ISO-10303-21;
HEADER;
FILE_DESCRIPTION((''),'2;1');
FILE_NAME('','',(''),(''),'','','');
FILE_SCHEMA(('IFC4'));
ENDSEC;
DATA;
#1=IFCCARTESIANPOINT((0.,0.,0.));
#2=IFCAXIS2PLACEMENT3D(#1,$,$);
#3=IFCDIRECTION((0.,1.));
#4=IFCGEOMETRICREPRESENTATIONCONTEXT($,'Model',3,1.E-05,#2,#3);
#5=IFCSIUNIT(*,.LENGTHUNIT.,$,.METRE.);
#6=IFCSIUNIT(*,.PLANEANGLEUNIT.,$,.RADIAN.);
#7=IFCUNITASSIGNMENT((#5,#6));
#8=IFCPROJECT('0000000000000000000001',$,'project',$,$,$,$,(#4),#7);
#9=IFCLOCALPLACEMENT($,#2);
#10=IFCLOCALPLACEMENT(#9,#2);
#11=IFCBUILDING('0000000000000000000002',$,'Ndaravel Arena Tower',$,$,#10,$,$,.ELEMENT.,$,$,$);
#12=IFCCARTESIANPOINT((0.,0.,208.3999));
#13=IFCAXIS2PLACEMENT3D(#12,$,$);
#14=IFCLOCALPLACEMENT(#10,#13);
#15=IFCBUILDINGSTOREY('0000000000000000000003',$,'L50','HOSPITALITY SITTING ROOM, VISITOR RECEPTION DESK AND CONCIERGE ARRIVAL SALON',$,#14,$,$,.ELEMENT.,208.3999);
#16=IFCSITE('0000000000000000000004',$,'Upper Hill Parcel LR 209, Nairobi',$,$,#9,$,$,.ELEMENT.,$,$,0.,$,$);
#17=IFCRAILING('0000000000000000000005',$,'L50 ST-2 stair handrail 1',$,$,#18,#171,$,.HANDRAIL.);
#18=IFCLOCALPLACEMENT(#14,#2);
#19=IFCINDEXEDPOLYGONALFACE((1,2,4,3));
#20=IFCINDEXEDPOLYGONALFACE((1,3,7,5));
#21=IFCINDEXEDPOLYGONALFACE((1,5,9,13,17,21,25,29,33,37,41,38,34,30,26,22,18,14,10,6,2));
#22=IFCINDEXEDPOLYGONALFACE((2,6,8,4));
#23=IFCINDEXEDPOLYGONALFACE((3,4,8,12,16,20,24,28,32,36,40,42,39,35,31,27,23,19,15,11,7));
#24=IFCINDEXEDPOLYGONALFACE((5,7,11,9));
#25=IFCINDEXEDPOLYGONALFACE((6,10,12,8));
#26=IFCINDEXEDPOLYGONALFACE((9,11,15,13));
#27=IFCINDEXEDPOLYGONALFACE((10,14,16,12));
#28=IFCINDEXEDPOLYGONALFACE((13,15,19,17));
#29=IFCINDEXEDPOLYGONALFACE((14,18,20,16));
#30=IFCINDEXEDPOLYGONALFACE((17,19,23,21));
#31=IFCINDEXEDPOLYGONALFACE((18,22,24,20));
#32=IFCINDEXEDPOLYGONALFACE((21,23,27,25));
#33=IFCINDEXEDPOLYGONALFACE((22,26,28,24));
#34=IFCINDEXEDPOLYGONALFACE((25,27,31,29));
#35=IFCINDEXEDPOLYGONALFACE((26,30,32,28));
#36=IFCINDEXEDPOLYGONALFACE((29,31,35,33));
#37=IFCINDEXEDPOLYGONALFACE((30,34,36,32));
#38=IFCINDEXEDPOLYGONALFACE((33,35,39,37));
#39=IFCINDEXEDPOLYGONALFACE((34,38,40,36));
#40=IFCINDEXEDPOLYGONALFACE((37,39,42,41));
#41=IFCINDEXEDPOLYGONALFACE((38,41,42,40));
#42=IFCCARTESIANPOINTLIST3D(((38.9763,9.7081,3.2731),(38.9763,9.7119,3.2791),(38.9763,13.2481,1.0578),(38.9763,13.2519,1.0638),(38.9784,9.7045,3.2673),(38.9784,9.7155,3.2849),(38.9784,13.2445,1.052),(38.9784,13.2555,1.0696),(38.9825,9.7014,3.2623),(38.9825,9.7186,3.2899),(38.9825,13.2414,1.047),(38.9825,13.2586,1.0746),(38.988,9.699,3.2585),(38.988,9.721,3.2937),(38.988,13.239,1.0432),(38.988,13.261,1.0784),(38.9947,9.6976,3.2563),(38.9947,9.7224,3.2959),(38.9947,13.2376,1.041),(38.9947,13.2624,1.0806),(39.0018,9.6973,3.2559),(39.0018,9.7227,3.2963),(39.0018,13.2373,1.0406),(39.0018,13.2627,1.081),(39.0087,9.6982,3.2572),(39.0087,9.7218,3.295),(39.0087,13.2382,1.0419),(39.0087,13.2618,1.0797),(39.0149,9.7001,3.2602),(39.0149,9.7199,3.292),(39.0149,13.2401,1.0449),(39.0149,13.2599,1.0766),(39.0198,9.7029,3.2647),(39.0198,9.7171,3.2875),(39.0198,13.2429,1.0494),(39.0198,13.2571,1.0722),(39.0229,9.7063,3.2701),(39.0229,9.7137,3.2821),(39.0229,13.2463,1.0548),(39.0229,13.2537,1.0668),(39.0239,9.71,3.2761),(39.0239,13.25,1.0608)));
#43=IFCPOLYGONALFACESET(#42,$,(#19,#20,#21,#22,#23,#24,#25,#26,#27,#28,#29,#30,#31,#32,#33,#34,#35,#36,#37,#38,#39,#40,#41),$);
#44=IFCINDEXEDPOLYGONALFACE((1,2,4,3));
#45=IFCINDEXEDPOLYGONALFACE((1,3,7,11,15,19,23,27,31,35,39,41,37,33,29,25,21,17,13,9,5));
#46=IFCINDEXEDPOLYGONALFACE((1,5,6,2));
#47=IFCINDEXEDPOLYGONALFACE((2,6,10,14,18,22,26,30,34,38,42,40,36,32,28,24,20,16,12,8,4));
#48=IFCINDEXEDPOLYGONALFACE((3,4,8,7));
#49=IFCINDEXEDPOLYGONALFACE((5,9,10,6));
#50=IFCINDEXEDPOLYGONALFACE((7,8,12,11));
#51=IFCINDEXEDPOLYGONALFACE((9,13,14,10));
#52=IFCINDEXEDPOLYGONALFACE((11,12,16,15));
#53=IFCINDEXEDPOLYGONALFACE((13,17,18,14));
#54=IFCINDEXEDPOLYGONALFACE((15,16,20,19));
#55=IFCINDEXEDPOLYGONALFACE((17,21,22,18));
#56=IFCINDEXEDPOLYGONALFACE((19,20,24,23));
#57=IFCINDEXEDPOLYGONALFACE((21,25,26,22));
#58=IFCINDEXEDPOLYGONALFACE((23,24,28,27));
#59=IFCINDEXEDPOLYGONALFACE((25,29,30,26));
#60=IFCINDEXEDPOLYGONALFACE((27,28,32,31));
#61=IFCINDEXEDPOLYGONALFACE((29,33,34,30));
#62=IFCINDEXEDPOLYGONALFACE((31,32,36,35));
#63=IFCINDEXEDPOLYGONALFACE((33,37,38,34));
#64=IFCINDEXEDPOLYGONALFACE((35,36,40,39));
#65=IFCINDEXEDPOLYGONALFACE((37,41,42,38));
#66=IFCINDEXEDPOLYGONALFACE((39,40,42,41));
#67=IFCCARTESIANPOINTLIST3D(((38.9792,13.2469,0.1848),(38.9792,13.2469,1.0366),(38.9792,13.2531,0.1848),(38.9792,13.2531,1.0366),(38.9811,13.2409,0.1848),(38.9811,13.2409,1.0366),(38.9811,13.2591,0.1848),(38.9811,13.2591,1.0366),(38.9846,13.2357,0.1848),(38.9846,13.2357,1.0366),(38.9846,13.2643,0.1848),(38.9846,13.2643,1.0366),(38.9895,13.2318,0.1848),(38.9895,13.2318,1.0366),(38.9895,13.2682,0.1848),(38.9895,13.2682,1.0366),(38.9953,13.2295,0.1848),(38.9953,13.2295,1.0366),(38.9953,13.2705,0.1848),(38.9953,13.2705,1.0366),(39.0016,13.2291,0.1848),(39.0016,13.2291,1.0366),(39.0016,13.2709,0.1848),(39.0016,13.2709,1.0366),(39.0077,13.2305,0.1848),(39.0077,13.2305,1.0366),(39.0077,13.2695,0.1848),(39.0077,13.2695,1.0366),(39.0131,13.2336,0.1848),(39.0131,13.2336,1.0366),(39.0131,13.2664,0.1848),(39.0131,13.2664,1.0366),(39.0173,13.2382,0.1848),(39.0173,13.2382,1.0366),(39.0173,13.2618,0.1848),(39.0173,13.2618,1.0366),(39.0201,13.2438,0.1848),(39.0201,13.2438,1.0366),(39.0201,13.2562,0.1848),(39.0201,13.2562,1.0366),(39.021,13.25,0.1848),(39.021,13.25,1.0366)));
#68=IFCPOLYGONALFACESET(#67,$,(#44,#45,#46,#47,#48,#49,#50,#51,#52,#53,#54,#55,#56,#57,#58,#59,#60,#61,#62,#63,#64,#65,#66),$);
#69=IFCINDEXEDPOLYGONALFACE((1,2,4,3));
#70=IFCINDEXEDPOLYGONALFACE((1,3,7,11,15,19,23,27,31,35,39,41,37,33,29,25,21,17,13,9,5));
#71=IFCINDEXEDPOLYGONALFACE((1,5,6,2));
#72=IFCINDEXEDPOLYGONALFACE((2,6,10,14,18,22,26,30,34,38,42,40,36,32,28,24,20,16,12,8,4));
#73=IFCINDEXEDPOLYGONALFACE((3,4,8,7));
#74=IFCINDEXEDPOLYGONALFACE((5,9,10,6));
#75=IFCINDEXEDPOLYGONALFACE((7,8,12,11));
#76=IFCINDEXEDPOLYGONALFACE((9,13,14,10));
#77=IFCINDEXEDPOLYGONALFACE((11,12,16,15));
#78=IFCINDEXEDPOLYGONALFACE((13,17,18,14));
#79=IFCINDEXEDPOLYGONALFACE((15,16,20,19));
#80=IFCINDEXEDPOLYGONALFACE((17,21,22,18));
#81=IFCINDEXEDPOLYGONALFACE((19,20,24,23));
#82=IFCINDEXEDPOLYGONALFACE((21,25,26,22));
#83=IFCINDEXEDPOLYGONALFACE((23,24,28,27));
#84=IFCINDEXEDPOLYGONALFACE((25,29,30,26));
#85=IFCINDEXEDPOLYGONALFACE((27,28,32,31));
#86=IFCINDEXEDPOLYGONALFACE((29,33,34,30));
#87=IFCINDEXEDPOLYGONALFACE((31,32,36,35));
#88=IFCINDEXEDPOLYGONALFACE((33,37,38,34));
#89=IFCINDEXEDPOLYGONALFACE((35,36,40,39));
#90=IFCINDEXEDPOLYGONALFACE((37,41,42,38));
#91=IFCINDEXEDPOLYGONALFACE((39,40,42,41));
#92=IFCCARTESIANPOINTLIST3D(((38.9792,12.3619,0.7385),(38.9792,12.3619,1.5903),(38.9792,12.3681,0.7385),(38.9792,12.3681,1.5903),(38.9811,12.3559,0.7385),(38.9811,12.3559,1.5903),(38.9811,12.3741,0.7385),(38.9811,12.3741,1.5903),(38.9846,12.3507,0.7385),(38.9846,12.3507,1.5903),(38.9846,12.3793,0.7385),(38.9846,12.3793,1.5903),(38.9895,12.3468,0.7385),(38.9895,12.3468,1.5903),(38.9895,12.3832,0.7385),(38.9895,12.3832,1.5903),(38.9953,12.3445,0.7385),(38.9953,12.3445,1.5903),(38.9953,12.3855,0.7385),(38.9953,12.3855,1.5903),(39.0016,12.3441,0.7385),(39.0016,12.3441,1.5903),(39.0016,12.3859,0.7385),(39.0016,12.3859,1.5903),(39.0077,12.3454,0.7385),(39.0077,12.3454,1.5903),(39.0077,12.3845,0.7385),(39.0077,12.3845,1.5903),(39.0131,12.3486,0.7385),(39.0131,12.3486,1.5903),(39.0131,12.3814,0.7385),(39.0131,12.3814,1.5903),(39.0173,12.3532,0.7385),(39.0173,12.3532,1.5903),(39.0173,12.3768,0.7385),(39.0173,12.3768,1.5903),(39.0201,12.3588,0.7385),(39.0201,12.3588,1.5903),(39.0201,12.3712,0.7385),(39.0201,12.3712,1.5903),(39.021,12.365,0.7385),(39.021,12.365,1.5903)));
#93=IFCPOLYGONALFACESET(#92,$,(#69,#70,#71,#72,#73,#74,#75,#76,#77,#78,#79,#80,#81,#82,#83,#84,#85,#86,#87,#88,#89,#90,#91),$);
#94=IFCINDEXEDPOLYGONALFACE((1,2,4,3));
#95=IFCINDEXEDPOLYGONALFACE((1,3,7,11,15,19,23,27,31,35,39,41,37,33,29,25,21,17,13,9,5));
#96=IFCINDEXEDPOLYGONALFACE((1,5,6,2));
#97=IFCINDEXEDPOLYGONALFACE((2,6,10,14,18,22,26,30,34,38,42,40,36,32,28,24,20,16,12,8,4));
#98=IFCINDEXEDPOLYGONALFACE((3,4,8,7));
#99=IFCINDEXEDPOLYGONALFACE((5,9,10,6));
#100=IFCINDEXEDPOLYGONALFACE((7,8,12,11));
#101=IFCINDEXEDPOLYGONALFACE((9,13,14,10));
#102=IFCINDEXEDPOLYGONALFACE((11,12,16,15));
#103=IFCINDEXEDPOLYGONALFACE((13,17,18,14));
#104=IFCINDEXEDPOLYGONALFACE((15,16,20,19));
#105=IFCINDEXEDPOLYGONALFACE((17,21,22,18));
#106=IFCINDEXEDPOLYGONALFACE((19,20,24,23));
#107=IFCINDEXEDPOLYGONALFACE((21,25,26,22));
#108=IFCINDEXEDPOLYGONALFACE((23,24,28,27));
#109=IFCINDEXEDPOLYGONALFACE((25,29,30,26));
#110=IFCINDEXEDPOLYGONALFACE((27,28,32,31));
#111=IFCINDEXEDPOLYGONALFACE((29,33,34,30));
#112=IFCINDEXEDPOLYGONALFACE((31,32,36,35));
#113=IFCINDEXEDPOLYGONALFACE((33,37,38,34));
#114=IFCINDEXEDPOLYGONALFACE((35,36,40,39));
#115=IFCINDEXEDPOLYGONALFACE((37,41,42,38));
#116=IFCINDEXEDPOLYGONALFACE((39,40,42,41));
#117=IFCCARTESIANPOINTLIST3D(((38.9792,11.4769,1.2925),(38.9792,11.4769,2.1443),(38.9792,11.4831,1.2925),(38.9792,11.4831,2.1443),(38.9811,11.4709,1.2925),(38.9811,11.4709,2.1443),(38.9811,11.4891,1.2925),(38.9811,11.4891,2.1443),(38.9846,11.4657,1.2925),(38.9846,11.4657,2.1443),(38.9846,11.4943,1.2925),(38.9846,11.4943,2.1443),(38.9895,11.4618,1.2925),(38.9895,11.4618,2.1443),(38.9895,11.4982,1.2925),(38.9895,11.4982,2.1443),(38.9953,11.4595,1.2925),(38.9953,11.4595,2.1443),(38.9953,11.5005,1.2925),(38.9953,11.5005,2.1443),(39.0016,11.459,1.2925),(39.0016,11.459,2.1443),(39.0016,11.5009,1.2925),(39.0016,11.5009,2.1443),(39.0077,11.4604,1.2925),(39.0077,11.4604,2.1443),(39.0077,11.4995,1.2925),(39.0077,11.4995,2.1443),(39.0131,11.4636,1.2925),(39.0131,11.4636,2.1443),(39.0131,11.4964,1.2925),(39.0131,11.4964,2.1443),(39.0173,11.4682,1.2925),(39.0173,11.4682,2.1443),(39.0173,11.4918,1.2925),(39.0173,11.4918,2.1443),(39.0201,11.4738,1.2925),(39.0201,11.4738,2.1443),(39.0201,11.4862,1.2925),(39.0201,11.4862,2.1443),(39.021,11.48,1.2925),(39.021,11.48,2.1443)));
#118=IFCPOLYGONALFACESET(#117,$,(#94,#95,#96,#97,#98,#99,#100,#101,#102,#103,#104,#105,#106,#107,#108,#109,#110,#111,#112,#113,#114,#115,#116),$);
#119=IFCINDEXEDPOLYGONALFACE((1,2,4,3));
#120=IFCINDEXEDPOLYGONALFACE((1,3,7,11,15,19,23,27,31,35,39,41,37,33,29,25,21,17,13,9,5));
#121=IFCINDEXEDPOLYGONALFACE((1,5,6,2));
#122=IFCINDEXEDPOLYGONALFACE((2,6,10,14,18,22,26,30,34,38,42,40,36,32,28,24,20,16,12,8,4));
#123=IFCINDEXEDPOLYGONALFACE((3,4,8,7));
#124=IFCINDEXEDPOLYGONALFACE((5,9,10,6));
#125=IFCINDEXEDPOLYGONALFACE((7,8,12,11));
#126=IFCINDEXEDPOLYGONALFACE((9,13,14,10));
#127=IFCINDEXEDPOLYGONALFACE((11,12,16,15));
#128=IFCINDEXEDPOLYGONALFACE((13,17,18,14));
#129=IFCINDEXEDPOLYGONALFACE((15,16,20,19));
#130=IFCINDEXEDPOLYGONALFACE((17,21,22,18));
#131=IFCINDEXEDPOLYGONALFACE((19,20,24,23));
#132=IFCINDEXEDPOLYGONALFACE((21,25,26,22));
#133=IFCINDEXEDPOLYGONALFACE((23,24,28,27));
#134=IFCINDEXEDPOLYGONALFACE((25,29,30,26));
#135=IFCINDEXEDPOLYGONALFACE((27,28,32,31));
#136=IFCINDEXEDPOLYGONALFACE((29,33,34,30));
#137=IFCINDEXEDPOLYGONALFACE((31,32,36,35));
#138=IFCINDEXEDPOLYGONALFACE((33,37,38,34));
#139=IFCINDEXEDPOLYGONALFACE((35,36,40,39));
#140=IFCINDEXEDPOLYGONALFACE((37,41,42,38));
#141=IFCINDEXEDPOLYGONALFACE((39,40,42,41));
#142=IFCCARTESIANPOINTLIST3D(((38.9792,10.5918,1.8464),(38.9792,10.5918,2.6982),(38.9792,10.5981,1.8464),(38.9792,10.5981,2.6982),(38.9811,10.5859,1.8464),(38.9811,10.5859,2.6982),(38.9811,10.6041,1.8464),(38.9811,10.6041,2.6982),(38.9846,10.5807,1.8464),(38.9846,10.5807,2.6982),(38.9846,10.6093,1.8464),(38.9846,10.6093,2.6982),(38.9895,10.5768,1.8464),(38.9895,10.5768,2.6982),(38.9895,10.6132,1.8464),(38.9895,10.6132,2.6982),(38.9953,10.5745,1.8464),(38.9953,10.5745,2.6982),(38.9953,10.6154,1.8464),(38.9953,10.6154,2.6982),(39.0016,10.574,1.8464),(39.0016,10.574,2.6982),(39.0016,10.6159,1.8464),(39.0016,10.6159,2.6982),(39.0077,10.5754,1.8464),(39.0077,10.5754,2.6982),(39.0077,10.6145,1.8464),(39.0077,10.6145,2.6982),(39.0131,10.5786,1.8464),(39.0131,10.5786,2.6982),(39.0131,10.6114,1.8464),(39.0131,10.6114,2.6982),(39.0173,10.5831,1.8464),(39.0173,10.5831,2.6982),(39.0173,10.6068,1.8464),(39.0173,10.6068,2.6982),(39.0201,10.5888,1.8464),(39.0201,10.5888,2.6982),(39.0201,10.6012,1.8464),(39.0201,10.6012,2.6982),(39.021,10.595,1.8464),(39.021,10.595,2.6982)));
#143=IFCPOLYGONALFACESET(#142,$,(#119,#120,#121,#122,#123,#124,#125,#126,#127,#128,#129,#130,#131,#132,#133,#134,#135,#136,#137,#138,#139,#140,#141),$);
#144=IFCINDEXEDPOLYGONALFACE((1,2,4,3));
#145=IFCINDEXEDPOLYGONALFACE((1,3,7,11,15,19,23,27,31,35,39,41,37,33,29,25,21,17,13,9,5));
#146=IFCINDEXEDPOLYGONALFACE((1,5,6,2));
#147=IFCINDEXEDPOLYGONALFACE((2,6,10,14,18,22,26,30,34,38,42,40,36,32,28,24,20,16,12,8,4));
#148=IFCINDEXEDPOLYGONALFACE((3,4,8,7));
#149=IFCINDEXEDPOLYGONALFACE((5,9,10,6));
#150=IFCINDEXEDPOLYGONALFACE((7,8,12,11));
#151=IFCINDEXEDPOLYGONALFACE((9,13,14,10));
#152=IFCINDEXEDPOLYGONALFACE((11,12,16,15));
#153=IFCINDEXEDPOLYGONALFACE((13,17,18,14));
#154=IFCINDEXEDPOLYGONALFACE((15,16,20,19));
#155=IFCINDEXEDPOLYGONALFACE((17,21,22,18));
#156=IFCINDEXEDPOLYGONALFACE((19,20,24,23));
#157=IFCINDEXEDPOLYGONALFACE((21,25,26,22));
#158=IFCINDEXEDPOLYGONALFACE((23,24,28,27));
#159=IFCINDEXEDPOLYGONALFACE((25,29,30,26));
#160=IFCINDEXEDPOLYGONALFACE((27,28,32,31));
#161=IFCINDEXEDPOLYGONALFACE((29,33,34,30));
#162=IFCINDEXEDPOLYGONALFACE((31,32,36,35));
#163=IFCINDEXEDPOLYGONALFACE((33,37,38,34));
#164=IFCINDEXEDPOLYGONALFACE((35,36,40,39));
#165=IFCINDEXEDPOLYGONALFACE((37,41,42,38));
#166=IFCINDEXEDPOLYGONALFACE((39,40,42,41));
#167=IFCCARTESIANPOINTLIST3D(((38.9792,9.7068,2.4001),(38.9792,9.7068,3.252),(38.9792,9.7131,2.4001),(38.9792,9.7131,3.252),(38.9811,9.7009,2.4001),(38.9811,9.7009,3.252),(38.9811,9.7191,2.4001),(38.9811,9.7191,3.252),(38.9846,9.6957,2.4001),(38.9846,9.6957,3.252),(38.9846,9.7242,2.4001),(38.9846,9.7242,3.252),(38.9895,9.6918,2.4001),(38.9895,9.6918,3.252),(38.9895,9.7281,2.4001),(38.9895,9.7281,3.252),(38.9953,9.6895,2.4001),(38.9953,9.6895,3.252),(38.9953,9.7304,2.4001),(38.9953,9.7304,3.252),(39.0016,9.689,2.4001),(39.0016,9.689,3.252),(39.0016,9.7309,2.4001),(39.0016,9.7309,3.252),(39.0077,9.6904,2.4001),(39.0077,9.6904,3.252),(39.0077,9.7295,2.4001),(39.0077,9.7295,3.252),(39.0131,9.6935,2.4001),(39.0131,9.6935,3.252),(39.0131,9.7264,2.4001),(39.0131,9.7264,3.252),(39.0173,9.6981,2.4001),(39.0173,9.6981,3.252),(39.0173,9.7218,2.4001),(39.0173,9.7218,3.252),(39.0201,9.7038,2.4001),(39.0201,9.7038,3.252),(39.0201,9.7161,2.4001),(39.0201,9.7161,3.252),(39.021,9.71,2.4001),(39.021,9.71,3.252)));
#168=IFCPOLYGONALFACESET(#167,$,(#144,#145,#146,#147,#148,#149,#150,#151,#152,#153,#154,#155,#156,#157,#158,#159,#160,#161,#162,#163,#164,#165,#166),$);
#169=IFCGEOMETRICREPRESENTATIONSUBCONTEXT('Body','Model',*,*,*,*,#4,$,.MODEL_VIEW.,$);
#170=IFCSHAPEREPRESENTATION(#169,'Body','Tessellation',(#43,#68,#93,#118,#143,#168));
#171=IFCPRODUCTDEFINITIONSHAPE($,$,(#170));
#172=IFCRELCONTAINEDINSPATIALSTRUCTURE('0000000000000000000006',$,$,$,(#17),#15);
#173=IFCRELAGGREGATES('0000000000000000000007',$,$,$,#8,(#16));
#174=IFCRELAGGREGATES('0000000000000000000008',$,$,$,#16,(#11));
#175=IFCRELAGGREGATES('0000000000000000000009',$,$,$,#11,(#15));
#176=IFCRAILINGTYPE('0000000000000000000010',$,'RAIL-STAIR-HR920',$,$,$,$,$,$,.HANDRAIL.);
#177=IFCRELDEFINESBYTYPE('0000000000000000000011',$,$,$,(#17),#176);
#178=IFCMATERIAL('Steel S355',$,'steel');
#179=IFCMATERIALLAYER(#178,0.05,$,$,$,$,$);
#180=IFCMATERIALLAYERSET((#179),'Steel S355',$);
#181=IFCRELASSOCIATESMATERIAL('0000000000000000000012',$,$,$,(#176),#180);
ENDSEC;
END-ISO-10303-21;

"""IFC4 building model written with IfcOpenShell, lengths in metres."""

from ifc_helpers import new_model, si_unit, direction, frame, origin, origin_2d, place, context, subcontext, project, spatial, circle, extrude, material, layer, layer_set, type_object, element, save


model = new_model("IFC4")

# Units and contexts
model_context = context("Model", 3, precision=1e-05, world=origin(), true_north=direction((0.0, 1.0)))
body_context = subcontext(model_context, "Body", "Model", "MODEL_VIEW")
ifc_project = project(units=[si_unit("LENGTHUNIT", "METRE"), si_unit("PLANEANGLEUNIT", "RADIAN")], contexts=[model_context])

# Site, building, storey
site_placement = place(None, origin())
site = spatial("IfcSite", under=ifc_project, at=site_placement, Name="Upper Hill Parcel LR 209, Nairobi", CompositionType="ELEMENT", RefElevation=0.0)
building_placement = place(site_placement, origin())
building = spatial("IfcBuilding", under=site, at=building_placement, Name="Ndaravel Arena Tower", CompositionType="ELEMENT")
storey_placement = place(building_placement, frame((0.0, 0.0, 208.3999)))
storey = spatial("IfcBuildingStorey", under=building, at=storey_placement, Name="L50", Description="HOSPITALITY SITTING ROOM, VISITOR RECEPTION DESK AND CONCIERGE ARRIVAL SALON", CompositionType="ELEMENT", Elevation=208.3999)

# Railing
ifc_material_1 = material(Name="Steel S355", Category="steel")
ifc_layer_1 = layer(ifc_material_1, 0.05)
ifc_layer_set_1 = layer_set([ifc_layer_1], Name="Steel S355")
railing_type_1 = type_object("IfcRailingType", Name="RAIL-STAIR-HR920", PredefinedType="HANDRAIL", material=ifc_layer_set_1)
railing_1_placement = place(storey_placement, frame((39.0, 13.25, 0.1848)))
element("IfcRailing", 1, at=railing_1_placement, inside=storey, type_object=railing_type_1, Name="L50 ST-2 stair handrail 1", PredefinedType="HANDRAIL", context=body_context, shape_type="SweptSolid", body=[
    extrude(circle(Radius=0.0239, at=origin_2d()), frame((0.0, 0.0, 0.876), z_axis=(0.0, -0.847696, 0.530482), x_axis=(1.0, 0.0, 0.0)), (0.0, 0.0, 1.0), 4.176),
    extrude(circle(Radius=0.021, at=origin_2d()), origin(), (0.0, 0.0, 1.0), 0.8518),
    extrude(circle(Radius=0.021, at=origin_2d()), frame((0.0, -0.885, 0.5537)), (0.0, 0.0, 1.0), 0.8518),
    extrude(circle(Radius=0.021, at=origin_2d()), frame((0.0, -1.77, 1.1077)), (0.0, 0.0, 1.0), 0.8518),
    extrude(circle(Radius=0.021, at=origin_2d()), frame((0.0, -2.655, 1.6616)), (0.0, 0.0, 1.0), 0.8518),
    extrude(circle(Radius=0.021, at=origin_2d()), frame((0.0, -3.54, 2.2153)), (0.0, 0.0, 1.0), 0.8518),
])

save(model, "model.ifc")
